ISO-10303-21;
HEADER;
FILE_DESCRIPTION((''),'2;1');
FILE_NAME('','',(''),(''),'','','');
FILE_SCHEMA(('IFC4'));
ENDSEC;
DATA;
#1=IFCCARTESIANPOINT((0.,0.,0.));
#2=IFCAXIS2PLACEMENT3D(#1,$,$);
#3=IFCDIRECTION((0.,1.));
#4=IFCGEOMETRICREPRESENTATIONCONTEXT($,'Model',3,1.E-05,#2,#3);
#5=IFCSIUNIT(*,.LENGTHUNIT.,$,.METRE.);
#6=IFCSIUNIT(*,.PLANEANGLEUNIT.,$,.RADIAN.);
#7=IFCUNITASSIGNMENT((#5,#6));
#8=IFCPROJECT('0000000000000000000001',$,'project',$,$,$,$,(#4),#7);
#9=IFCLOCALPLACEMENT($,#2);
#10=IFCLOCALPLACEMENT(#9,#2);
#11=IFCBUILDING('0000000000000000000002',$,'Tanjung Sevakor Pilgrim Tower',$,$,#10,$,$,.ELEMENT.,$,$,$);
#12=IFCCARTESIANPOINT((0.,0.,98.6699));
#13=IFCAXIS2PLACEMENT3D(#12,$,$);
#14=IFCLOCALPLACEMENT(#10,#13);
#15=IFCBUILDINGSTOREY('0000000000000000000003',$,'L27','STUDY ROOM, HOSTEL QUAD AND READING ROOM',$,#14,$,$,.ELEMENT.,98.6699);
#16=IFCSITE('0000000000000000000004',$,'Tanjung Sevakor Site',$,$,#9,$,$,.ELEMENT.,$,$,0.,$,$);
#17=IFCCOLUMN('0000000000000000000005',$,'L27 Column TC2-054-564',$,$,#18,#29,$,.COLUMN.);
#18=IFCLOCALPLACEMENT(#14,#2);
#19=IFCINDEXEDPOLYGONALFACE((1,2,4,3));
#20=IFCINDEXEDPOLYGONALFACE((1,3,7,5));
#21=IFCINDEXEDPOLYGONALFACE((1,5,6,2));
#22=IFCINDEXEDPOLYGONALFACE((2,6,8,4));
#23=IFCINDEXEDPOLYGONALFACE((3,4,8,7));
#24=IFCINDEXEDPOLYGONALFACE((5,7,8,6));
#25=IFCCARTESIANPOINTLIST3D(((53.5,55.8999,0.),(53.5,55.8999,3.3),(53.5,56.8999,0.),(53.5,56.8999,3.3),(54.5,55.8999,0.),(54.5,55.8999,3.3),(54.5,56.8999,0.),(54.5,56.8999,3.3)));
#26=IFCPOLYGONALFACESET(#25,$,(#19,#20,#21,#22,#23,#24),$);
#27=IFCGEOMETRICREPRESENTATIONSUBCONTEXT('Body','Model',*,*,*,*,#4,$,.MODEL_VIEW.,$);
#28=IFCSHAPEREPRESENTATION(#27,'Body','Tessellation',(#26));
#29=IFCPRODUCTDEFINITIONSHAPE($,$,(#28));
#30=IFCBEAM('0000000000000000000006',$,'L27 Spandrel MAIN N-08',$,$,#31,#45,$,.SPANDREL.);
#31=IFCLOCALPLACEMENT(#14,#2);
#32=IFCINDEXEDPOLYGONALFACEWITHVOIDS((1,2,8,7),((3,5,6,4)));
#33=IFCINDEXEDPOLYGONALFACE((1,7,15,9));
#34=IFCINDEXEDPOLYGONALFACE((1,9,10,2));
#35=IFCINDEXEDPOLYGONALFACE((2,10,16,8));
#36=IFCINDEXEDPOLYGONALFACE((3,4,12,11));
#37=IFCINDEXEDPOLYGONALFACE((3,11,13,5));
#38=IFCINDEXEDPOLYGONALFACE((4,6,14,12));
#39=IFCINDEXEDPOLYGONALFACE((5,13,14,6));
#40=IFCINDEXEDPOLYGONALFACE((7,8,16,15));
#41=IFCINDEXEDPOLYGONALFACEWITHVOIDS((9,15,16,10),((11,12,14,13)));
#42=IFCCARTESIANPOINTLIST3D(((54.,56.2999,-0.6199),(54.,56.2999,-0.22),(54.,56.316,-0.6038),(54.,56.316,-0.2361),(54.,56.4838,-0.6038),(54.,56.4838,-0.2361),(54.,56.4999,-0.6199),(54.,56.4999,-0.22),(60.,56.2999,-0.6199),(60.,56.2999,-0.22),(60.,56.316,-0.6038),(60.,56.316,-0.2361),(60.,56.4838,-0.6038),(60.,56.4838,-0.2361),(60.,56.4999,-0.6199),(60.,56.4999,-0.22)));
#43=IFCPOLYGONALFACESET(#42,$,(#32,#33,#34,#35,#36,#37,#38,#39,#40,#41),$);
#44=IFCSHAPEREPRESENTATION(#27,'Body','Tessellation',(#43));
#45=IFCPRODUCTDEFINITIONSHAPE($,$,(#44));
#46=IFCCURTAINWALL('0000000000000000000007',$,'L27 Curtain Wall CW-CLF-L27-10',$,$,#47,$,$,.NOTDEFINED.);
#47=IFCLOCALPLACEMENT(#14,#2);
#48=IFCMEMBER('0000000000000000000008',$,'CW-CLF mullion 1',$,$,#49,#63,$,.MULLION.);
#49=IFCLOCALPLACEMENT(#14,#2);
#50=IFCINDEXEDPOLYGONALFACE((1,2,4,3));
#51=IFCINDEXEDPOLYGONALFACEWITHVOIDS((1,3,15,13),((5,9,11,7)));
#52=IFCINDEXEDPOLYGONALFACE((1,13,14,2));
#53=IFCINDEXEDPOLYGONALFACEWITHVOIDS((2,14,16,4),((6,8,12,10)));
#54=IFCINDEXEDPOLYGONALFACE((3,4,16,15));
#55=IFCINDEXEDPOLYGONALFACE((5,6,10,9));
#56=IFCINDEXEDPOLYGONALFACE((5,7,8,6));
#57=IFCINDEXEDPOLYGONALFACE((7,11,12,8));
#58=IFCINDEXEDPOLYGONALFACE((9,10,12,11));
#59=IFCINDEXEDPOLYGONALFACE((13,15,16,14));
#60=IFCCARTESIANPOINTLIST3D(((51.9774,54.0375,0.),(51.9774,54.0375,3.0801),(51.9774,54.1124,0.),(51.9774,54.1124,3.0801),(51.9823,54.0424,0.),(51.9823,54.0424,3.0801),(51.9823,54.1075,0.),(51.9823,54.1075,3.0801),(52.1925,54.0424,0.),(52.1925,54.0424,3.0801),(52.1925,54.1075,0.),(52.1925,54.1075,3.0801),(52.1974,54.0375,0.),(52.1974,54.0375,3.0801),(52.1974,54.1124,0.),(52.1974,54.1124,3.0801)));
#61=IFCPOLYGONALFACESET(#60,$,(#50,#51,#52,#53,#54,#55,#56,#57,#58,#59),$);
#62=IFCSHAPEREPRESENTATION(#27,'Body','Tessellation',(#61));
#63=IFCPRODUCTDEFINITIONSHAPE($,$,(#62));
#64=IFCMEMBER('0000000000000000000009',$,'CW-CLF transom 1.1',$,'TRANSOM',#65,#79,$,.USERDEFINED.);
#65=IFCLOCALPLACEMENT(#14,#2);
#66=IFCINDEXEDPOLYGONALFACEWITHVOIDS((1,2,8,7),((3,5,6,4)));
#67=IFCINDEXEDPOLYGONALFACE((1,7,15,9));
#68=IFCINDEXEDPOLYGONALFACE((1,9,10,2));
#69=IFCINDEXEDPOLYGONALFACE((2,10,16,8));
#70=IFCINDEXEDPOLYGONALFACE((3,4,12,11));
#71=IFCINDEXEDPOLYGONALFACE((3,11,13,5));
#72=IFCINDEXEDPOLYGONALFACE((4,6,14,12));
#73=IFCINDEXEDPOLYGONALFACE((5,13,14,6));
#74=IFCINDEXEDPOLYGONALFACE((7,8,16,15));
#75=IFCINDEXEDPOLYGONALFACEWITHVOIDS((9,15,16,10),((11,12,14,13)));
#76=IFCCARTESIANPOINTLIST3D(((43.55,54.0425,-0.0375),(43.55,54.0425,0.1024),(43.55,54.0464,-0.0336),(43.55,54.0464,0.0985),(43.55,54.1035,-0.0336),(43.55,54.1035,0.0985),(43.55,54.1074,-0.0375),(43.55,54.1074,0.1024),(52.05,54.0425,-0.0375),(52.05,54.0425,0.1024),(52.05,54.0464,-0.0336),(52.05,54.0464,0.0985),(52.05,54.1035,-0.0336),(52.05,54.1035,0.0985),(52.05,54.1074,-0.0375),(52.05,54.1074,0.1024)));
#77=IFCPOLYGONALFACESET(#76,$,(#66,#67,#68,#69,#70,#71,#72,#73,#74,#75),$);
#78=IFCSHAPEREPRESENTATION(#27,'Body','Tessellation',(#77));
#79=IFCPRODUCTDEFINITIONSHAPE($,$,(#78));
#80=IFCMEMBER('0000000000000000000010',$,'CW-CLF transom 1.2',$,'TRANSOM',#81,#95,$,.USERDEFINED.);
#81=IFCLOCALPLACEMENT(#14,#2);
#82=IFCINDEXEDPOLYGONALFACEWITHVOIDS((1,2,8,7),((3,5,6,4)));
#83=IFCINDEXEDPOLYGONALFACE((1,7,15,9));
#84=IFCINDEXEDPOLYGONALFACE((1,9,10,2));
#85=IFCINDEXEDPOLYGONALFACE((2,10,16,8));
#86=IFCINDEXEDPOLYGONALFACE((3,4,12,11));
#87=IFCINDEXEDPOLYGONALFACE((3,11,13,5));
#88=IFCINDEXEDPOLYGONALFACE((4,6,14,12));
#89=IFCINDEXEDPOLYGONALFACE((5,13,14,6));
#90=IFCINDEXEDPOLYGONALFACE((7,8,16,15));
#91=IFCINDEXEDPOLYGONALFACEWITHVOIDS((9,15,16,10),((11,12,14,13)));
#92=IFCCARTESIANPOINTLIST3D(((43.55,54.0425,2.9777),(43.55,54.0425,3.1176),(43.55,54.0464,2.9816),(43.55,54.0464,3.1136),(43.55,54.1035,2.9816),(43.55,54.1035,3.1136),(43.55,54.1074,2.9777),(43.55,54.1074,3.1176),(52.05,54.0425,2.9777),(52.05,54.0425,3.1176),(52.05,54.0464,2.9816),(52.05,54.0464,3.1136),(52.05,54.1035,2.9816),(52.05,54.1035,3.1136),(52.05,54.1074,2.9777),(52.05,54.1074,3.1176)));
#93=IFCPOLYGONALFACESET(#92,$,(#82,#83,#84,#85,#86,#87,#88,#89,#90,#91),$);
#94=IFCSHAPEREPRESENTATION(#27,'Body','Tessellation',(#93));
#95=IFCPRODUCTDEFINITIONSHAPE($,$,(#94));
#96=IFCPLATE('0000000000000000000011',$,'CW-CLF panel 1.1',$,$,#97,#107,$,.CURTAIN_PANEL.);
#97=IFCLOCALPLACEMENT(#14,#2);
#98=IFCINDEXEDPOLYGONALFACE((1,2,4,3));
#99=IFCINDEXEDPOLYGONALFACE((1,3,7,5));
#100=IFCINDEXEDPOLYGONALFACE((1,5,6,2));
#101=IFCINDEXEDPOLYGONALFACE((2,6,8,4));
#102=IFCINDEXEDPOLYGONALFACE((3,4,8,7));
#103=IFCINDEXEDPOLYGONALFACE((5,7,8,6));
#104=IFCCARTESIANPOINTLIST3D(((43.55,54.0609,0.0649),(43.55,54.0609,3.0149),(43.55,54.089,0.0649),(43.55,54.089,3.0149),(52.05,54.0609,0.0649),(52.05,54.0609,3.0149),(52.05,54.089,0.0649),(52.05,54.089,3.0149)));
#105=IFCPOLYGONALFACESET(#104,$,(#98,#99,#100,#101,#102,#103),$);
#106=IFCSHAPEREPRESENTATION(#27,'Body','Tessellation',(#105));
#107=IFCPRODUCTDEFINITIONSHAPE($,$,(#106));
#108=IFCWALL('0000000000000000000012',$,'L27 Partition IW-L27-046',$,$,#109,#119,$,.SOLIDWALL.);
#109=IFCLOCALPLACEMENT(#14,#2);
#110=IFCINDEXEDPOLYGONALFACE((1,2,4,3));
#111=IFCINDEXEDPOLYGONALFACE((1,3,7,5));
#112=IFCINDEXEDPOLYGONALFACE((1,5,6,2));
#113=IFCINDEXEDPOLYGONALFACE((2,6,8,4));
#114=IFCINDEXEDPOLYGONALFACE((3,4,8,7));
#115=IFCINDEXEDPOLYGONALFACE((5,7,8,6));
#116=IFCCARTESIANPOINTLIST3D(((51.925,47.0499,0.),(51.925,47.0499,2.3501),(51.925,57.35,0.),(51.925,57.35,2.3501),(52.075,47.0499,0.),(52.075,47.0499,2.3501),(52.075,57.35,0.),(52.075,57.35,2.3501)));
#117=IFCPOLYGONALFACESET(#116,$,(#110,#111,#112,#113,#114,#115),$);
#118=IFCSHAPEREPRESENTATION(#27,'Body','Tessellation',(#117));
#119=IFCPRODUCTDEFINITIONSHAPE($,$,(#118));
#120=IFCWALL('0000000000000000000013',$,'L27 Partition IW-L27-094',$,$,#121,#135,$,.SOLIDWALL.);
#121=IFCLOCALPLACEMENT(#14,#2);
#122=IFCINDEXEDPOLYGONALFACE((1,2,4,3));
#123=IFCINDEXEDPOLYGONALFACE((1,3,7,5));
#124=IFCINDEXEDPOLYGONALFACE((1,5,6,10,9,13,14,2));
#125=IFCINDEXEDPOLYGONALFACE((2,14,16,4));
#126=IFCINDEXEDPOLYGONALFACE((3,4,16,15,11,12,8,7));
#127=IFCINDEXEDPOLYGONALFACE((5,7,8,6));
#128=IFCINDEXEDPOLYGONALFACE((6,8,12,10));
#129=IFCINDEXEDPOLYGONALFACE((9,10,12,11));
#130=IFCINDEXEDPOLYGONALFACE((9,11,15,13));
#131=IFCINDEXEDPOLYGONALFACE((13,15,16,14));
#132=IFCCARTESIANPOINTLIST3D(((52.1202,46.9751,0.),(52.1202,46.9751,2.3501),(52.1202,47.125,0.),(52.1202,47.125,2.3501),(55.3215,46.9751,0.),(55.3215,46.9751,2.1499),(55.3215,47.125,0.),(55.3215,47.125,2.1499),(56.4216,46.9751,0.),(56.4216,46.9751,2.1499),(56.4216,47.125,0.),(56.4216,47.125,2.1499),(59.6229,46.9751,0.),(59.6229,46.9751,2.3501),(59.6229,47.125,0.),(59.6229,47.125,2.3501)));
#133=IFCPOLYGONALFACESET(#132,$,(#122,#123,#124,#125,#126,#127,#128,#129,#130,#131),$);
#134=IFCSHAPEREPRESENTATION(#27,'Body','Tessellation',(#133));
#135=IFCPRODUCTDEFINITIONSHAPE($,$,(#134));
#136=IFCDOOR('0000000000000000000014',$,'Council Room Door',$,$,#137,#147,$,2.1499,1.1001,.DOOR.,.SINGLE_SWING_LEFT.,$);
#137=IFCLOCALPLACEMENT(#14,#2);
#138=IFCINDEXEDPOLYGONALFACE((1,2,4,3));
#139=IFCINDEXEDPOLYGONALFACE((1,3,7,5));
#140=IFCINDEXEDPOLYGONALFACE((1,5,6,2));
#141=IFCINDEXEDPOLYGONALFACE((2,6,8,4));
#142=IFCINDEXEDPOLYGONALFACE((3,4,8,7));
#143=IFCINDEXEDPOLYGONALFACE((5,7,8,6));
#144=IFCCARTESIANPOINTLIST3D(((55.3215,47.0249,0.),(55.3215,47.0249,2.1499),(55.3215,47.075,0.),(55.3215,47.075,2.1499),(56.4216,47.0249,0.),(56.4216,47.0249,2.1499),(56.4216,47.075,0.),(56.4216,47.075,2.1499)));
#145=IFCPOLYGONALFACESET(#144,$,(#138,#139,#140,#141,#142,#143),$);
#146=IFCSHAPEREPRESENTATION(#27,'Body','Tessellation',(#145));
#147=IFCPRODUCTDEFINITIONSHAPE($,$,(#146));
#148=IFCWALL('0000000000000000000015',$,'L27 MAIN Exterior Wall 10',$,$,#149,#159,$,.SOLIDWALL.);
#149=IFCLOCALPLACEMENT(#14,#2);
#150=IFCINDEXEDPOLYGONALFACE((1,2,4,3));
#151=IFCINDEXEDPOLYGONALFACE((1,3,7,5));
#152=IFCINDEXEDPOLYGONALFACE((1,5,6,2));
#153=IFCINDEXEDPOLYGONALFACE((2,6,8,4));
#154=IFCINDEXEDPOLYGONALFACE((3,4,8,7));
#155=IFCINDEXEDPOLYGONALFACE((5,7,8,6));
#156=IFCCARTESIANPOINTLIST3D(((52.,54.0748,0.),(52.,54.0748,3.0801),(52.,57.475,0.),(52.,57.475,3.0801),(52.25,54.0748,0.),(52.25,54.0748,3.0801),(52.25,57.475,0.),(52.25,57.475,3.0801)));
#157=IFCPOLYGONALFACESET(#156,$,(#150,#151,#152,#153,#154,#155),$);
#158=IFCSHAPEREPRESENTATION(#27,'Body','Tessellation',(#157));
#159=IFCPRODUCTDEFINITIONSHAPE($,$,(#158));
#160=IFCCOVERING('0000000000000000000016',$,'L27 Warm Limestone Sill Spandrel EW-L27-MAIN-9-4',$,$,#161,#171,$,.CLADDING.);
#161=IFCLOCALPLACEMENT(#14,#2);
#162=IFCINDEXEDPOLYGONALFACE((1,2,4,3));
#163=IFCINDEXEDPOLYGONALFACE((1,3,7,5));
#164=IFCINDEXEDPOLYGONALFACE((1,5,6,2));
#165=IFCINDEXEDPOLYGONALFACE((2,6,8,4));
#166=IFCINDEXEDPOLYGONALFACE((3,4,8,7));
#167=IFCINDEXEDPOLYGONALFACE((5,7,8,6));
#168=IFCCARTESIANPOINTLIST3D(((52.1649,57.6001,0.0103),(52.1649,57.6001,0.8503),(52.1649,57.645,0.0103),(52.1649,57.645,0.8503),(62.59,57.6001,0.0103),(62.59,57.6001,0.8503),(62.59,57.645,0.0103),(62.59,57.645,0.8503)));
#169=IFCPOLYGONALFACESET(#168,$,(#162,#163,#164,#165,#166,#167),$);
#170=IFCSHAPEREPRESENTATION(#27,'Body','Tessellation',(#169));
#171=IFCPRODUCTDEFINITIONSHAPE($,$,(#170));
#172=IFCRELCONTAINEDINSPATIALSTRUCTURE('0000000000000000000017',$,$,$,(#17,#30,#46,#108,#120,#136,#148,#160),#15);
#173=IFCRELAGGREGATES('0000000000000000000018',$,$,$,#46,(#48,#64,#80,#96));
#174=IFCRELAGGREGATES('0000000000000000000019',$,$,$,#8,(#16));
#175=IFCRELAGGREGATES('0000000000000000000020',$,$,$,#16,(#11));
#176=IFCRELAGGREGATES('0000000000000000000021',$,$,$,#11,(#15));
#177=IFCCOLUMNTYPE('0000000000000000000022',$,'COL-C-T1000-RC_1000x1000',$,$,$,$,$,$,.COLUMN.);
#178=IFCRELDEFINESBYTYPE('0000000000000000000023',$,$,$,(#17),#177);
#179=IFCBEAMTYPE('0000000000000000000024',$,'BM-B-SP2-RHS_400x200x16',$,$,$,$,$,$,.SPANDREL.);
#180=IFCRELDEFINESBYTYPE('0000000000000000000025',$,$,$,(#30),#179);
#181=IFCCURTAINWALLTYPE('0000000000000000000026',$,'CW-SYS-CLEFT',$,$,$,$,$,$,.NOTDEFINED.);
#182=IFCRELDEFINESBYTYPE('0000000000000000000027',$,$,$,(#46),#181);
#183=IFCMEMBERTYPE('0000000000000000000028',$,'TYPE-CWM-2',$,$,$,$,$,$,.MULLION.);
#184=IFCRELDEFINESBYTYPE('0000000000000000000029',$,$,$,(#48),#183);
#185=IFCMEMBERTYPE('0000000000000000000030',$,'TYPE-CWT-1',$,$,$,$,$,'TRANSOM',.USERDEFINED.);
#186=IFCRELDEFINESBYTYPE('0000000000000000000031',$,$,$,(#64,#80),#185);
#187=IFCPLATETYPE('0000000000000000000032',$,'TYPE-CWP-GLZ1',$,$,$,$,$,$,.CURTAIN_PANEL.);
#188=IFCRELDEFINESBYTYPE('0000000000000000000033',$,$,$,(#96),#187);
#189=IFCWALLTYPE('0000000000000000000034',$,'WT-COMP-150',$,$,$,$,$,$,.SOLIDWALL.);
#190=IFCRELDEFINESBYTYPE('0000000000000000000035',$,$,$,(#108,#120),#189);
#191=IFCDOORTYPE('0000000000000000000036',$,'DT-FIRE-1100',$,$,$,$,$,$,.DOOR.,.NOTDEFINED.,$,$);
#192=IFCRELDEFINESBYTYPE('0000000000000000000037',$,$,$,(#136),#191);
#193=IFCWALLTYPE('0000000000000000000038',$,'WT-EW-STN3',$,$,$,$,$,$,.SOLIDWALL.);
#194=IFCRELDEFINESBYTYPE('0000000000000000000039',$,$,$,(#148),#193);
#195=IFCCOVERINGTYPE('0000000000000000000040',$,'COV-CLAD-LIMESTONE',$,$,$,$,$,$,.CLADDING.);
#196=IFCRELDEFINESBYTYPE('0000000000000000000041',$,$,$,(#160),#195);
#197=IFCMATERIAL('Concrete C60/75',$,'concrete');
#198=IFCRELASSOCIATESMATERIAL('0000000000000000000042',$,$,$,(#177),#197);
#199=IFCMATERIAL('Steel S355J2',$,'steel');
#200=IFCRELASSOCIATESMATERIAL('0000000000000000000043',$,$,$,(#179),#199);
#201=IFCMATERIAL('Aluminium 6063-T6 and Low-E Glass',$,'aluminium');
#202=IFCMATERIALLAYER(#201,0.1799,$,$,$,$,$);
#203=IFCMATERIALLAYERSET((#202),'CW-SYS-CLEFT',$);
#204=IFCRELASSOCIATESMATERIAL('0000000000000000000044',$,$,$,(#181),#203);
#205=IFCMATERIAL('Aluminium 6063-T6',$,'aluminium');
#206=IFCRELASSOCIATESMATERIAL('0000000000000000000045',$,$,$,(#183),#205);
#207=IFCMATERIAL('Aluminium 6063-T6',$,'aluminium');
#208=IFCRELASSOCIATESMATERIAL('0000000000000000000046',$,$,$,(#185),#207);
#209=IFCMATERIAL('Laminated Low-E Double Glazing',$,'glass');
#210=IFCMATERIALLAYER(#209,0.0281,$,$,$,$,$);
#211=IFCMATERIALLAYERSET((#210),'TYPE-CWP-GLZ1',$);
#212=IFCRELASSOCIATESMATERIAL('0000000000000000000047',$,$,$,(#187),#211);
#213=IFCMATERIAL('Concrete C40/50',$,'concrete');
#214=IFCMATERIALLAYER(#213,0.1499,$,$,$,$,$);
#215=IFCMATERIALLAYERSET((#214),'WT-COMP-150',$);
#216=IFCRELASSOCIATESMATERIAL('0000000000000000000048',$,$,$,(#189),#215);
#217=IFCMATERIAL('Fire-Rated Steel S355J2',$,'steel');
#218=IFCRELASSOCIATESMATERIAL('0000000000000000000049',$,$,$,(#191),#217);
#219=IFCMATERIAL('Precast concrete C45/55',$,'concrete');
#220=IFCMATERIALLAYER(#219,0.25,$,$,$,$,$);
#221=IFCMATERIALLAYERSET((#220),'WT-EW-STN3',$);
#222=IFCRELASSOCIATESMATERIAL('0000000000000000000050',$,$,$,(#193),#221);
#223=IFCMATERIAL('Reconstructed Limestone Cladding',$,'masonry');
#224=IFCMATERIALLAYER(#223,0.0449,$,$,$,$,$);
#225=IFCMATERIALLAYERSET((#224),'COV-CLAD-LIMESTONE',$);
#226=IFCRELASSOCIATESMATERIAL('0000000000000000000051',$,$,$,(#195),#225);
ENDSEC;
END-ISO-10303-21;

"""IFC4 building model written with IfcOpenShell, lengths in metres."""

from ifc_helpers import new_model, si_unit, direction, frame, frame_2d, origin, origin_2d, place, context, subcontext, project, spatial, rectangle, hollow_rectangle, extrude, material, layer, layer_set, material_profile, profile_set, type_object, element, fill, aggregate, save


model = new_model("IFC4")

# Units and contexts
model_context = context("Model", 3, precision=1e-05, world=origin(), true_north=direction((0.0, 1.0)))
body_context = subcontext(model_context, "Body", "Model", "MODEL_VIEW")
ifc_project = project(units=[si_unit("LENGTHUNIT", "METRE"), si_unit("PLANEANGLEUNIT", "RADIAN")], contexts=[model_context])

# Site, building, storey
site_placement = place(None, origin())
site = spatial("IfcSite", under=ifc_project, at=site_placement, Name="Tanjung Sevakor Site", CompositionType="ELEMENT", RefElevation=0.0)
building_placement = place(site_placement, origin())
building = spatial("IfcBuilding", under=site, at=building_placement, Name="Tanjung Sevakor Pilgrim Tower", CompositionType="ELEMENT")
storey_placement = place(building_placement, frame((0.0, 0.0, 98.6699)))
storey = spatial("IfcBuildingStorey", under=building, at=storey_placement, Name="L27", Description="STUDY ROOM, HOSTEL QUAD AND READING ROOM", CompositionType="ELEMENT", Elevation=98.6699)

# Column
ifc_material_1 = material(Name="Concrete C60/75", Category="concrete")
ifc_material_profile_1 = material_profile(ifc_material_1, rectangle(XDim=1.0, YDim=1.0, at=origin_2d()))
ifc_profile_set_1 = profile_set([ifc_material_profile_1], Name="Concrete C60/75")
column_type = type_object("IfcColumnType", Name="COL-C-T1000-RC_1000x1000", PredefinedType="COLUMN", material=ifc_profile_set_1)
column_placement = place(storey_placement, frame((54.0, 56.3999, 0.0), z_axis=(0.0, 0.0, 1.0), x_axis=(1.0, 0.0, 0.0)))
element("IfcColumn", 1, at=column_placement, inside=storey, type_object=column_type, Name="L27 Column TC2-054-564", PredefinedType="COLUMN", context=body_context, shape_type="SweptSolid", body=[
    extrude(rectangle(XDim=1.0, YDim=1.0, at=origin_2d()), origin(), (0.0, 0.0, 1.0), 3.3),
])

# Beam
ifc_material_2 = material(Name="Steel S355J2", Category="steel")
ifc_material_profile_2 = material_profile(ifc_material_2, hollow_rectangle(XDim=0.2, YDim=0.3999, WallThickness=0.0161, at=origin_2d()))
ifc_profile_set_2 = profile_set([ifc_material_profile_2], Name="Steel S355J2")
beam_type = type_object("IfcBeamType", Name="BM-B-SP2-RHS_400x200x16", PredefinedType="SPANDREL", material=ifc_profile_set_2)
beam_placement = place(storey_placement, frame((54.0, 56.3999, -0.4199), z_axis=(1.0, 0.0, 0.0), x_axis=(0.0, 1.0, 0.0)))
element("IfcBeam", 2, at=beam_placement, inside=storey, type_object=beam_type, Name="L27 Spandrel MAIN N-08", PredefinedType="SPANDREL", context=body_context, shape_type="SweptSolid", body=[
    extrude(hollow_rectangle(XDim=0.2, YDim=0.3999, WallThickness=0.0161, at=origin_2d()), origin(), (0.0, 0.0, 1.0), 6.0),
])

# Curtain wall, members, plate
ifc_material_3 = material(Name="Aluminium 6063-T6 and Low-E Glass", Category="aluminium")
ifc_layer_1 = layer(ifc_material_3, 0.1799)
ifc_layer_set_1 = layer_set([ifc_layer_1], Name="CW-SYS-CLEFT")
curtain_wall_type = type_object("IfcCurtainWallType", Name="CW-SYS-CLEFT", PredefinedType="NOTDEFINED", material=ifc_layer_set_1)
curtain_wall_placement = place(storey_placement, origin())
curtain_wall = element("IfcCurtainWall", 3, at=curtain_wall_placement, inside=storey, type_object=curtain_wall_type, Name="L27 Curtain Wall CW-CLF-L27-10", PredefinedType="NOTDEFINED")
ifc_material_4 = material(Name="Aluminium 6063-T6", Category="aluminium")
ifc_material_profile_3 = material_profile(ifc_material_4, hollow_rectangle(XDim=0.075, YDim=0.22, WallThickness=0.0049, at=origin_2d()))
ifc_profile_set_3 = profile_set([ifc_material_profile_3], Name="Aluminium 6063-T6")
member_type_1 = type_object("IfcMemberType", Name="TYPE-CWM-2", PredefinedType="MULLION", material=ifc_profile_set_3)
member_1_placement = place(storey_placement, frame((52.0874, 54.075, 0.0), z_axis=(0.0, 0.0, 1.0), x_axis=(0.0, -1.0, 0.0)))
member_1 = element("IfcMember", 4, at=member_1_placement, type_object=member_type_1, Name="CW-CLF mullion 1", PredefinedType="MULLION", context=body_context, shape_type="SweptSolid", body=[
    extrude(hollow_rectangle(XDim=0.075, YDim=0.22, WallThickness=0.0049, at=origin_2d()), origin(), (0.0, 0.0, 1.0), 3.0801),
])
ifc_material_5 = material(Name="Aluminium 6063-T6", Category="aluminium")
ifc_material_profile_4 = material_profile(ifc_material_5, hollow_rectangle(XDim=0.0649, YDim=0.1399, WallThickness=0.0039, at=origin_2d()))
ifc_profile_set_4 = profile_set([ifc_material_profile_4], Name="Aluminium 6063-T6")
member_type_2 = type_object("IfcMemberType", Name="TYPE-CWT-1", ElementType="TRANSOM", PredefinedType="USERDEFINED", material=ifc_profile_set_4)
member_2_placement = place(storey_placement, frame((52.05, 54.075, 0.0325), z_axis=(-1.0, 0.0, 0.0), x_axis=(0.0, -1.0, 0.0)))
member_2 = element("IfcMember", 5, at=member_2_placement, type_object=member_type_2, Name="CW-CLF transom 1.1", ObjectType="TRANSOM", PredefinedType="USERDEFINED", context=body_context, shape_type="SweptSolid", body=[
    extrude(hollow_rectangle(XDim=0.0649, YDim=0.1399, WallThickness=0.0039, at=origin_2d()), origin(), (0.0, 0.0, 1.0), 8.5),
])
member_3_placement = place(storey_placement, frame((52.05, 54.075, 3.0476), z_axis=(-1.0, 0.0, 0.0), x_axis=(0.0, -1.0, 0.0)))
member_3 = element("IfcMember", 6, at=member_3_placement, type_object=member_type_2, Name="CW-CLF transom 1.2", ObjectType="TRANSOM", PredefinedType="USERDEFINED", context=body_context, shape_type="SweptSolid", body=[
    extrude(hollow_rectangle(XDim=0.0649, YDim=0.1399, WallThickness=0.0039, at=origin_2d()), origin(), (0.0, 0.0, 1.0), 8.5),
])
ifc_material_6 = material(Name="Laminated Low-E Double Glazing", Category="glass")
ifc_layer_2 = layer(ifc_material_6, 0.0281)
ifc_layer_set_2 = layer_set([ifc_layer_2], Name="TYPE-CWP-GLZ1")
plate_type = type_object("IfcPlateType", Name="TYPE-CWP-GLZ1", PredefinedType="CURTAIN_PANEL", material=ifc_layer_set_2)
plate_placement = place(storey_placement, frame((47.8, 54.075, 0.0649), z_axis=(0.0, 0.0, 1.0), x_axis=(-1.0, 0.0, 0.0)))
plate = element("IfcPlate", 7, at=plate_placement, type_object=plate_type, Name="CW-CLF panel 1.1", PredefinedType="CURTAIN_PANEL", context=body_context, shape_type="SweptSolid", body=[
    extrude(rectangle(XDim=8.5, YDim=0.0281, at=origin_2d()), origin(), (0.0, 0.0, 1.0), 2.95),
])
aggregate(curtain_wall, [member_1, member_2, member_3, plate])

# Wall
ifc_material_7 = material(Name="Concrete C40/50", Category="concrete")
ifc_layer_3 = layer(ifc_material_7, 0.1499)
ifc_layer_set_3 = layer_set([ifc_layer_3], Name="WT-COMP-150")
wall_type_1 = type_object("IfcWallType", Name="WT-COMP-150", PredefinedType="SOLIDWALL", material=ifc_layer_set_3)
wall_1_placement = place(storey_placement, frame((52.0, 47.05, 0.0), z_axis=(0.0, 0.0, 1.0), x_axis=(0.0, 1.0, 0.0)))
element("IfcWall", 8, at=wall_1_placement, inside=storey, type_object=wall_type_1, Name="L27 Partition IW-L27-046", PredefinedType="SOLIDWALL", context=body_context, shape_type="SweptSolid", body=[
    extrude(rectangle(XDim=10.3, YDim=0.1499, at=frame_2d((5.1499, 0.0))), origin(), (0.0, 0.0, 1.0), 2.3501),
])

# Wall, opening, door
wall_2_placement = place(storey_placement, frame((52.1201, 47.05, 0.0), z_axis=(0.0, 0.0, 1.0), x_axis=(1.0, 0.0, 0.0)))
wall_2 = element("IfcWall", 9, at=wall_2_placement, inside=storey, type_object=wall_type_1, Name="L27 Partition IW-L27-094", PredefinedType="SOLIDWALL", context=body_context, shape_type="SweptSolid", body=[
    extrude(rectangle(XDim=7.5027, YDim=0.1499, at=frame_2d((3.7515, 0.0))), origin(), (0.0, 0.0, 1.0), 2.3501),
])
opening_placement = place(wall_2_placement, frame((3.2014, 0.0, 0.0)))
opening = element("IfcOpeningElement", 10, at=opening_placement, cuts=wall_2, PredefinedType="OPENING", context=body_context, shape_type="SweptSolid", body=[
    extrude(rectangle(XDim=1.1001, YDim=2.1499, at=frame_2d((0.55, 1.075))), frame((0.0, 0.085, 0.0), z_axis=(0.0, -1.0, 0.0), x_axis=(1.0, 0.0, 0.0)), (0.0, 0.0, 1.0), 0.1699),
])
ifc_material_8 = material(Name="Fire-Rated Steel S355J2", Category="steel")
door_type = type_object("IfcDoorType", Name="DT-FIRE-1100", OperationType="NOTDEFINED", PredefinedType="DOOR", material=ifc_material_8)
door_placement = place(opening_placement, origin())
door = element("IfcDoor", 11, at=door_placement, inside=storey, type_object=door_type, Name="Council Room Door", OperationType="SINGLE_SWING_LEFT", OverallHeight=2.1499, OverallWidth=1.1001, PredefinedType="DOOR", context=body_context, shape_type="SweptSolid", body=[
    extrude(rectangle(XDim=1.1001, YDim=2.1499, at=frame_2d((0.55, 1.075))), frame((0.0, 0.0249, 0.0), z_axis=(0.0, -1.0, 0.0), x_axis=(1.0, 0.0, 0.0)), (0.0, 0.0, 1.0), 0.05),
])
fill(opening, door)

# Wall
ifc_material_9 = material(Name="Precast concrete C45/55", Category="concrete")
ifc_layer_4 = layer(ifc_material_9, 0.25)
ifc_layer_set_4 = layer_set([ifc_layer_4], Name="WT-EW-STN3")
wall_type_2 = type_object("IfcWallType", Name="WT-EW-STN3", PredefinedType="SOLIDWALL", material=ifc_layer_set_4)
wall_3_placement = place(storey_placement, frame((52.125, 57.4751, 0.0), z_axis=(0.0, 0.0, 1.0), x_axis=(0.0, -1.0, 0.0)))
element("IfcWall", 12, at=wall_3_placement, inside=storey, type_object=wall_type_2, Name="L27 MAIN Exterior Wall 10", PredefinedType="SOLIDWALL", context=body_context, shape_type="SweptSolid", body=[
    extrude(rectangle(XDim=3.4001, YDim=0.25, at=frame_2d((1.7002, 0.0))), origin(), (0.0, 0.0, 1.0), 3.0801),
])

# Covering
ifc_material_10 = material(Name="Reconstructed Limestone Cladding", Category="masonry")
ifc_layer_5 = layer(ifc_material_10, 0.0449)
ifc_layer_set_5 = layer_set([ifc_layer_5], Name="COV-CLAD-LIMESTONE")
covering_type = type_object("IfcCoveringType", Name="COV-CLAD-LIMESTONE", PredefinedType="CLADDING", material=ifc_layer_set_5)
covering_placement = place(storey_placement, frame((57.3774, 57.6226, 0.0103), z_axis=(0.0, 0.0, 1.0), x_axis=(-1.0, 0.0, 0.0)))
element("IfcCovering", 13, at=covering_placement, inside=storey, type_object=covering_type, Name="L27 Warm Limestone Sill Spandrel EW-L27-MAIN-9-4", PredefinedType="CLADDING", context=body_context, shape_type="SweptSolid", body=[
    extrude(rectangle(XDim=10.425, YDim=0.0449, at=origin_2d()), origin(), (0.0, 0.0, 1.0), 0.8401),
])

save(model, "model.ifc")
